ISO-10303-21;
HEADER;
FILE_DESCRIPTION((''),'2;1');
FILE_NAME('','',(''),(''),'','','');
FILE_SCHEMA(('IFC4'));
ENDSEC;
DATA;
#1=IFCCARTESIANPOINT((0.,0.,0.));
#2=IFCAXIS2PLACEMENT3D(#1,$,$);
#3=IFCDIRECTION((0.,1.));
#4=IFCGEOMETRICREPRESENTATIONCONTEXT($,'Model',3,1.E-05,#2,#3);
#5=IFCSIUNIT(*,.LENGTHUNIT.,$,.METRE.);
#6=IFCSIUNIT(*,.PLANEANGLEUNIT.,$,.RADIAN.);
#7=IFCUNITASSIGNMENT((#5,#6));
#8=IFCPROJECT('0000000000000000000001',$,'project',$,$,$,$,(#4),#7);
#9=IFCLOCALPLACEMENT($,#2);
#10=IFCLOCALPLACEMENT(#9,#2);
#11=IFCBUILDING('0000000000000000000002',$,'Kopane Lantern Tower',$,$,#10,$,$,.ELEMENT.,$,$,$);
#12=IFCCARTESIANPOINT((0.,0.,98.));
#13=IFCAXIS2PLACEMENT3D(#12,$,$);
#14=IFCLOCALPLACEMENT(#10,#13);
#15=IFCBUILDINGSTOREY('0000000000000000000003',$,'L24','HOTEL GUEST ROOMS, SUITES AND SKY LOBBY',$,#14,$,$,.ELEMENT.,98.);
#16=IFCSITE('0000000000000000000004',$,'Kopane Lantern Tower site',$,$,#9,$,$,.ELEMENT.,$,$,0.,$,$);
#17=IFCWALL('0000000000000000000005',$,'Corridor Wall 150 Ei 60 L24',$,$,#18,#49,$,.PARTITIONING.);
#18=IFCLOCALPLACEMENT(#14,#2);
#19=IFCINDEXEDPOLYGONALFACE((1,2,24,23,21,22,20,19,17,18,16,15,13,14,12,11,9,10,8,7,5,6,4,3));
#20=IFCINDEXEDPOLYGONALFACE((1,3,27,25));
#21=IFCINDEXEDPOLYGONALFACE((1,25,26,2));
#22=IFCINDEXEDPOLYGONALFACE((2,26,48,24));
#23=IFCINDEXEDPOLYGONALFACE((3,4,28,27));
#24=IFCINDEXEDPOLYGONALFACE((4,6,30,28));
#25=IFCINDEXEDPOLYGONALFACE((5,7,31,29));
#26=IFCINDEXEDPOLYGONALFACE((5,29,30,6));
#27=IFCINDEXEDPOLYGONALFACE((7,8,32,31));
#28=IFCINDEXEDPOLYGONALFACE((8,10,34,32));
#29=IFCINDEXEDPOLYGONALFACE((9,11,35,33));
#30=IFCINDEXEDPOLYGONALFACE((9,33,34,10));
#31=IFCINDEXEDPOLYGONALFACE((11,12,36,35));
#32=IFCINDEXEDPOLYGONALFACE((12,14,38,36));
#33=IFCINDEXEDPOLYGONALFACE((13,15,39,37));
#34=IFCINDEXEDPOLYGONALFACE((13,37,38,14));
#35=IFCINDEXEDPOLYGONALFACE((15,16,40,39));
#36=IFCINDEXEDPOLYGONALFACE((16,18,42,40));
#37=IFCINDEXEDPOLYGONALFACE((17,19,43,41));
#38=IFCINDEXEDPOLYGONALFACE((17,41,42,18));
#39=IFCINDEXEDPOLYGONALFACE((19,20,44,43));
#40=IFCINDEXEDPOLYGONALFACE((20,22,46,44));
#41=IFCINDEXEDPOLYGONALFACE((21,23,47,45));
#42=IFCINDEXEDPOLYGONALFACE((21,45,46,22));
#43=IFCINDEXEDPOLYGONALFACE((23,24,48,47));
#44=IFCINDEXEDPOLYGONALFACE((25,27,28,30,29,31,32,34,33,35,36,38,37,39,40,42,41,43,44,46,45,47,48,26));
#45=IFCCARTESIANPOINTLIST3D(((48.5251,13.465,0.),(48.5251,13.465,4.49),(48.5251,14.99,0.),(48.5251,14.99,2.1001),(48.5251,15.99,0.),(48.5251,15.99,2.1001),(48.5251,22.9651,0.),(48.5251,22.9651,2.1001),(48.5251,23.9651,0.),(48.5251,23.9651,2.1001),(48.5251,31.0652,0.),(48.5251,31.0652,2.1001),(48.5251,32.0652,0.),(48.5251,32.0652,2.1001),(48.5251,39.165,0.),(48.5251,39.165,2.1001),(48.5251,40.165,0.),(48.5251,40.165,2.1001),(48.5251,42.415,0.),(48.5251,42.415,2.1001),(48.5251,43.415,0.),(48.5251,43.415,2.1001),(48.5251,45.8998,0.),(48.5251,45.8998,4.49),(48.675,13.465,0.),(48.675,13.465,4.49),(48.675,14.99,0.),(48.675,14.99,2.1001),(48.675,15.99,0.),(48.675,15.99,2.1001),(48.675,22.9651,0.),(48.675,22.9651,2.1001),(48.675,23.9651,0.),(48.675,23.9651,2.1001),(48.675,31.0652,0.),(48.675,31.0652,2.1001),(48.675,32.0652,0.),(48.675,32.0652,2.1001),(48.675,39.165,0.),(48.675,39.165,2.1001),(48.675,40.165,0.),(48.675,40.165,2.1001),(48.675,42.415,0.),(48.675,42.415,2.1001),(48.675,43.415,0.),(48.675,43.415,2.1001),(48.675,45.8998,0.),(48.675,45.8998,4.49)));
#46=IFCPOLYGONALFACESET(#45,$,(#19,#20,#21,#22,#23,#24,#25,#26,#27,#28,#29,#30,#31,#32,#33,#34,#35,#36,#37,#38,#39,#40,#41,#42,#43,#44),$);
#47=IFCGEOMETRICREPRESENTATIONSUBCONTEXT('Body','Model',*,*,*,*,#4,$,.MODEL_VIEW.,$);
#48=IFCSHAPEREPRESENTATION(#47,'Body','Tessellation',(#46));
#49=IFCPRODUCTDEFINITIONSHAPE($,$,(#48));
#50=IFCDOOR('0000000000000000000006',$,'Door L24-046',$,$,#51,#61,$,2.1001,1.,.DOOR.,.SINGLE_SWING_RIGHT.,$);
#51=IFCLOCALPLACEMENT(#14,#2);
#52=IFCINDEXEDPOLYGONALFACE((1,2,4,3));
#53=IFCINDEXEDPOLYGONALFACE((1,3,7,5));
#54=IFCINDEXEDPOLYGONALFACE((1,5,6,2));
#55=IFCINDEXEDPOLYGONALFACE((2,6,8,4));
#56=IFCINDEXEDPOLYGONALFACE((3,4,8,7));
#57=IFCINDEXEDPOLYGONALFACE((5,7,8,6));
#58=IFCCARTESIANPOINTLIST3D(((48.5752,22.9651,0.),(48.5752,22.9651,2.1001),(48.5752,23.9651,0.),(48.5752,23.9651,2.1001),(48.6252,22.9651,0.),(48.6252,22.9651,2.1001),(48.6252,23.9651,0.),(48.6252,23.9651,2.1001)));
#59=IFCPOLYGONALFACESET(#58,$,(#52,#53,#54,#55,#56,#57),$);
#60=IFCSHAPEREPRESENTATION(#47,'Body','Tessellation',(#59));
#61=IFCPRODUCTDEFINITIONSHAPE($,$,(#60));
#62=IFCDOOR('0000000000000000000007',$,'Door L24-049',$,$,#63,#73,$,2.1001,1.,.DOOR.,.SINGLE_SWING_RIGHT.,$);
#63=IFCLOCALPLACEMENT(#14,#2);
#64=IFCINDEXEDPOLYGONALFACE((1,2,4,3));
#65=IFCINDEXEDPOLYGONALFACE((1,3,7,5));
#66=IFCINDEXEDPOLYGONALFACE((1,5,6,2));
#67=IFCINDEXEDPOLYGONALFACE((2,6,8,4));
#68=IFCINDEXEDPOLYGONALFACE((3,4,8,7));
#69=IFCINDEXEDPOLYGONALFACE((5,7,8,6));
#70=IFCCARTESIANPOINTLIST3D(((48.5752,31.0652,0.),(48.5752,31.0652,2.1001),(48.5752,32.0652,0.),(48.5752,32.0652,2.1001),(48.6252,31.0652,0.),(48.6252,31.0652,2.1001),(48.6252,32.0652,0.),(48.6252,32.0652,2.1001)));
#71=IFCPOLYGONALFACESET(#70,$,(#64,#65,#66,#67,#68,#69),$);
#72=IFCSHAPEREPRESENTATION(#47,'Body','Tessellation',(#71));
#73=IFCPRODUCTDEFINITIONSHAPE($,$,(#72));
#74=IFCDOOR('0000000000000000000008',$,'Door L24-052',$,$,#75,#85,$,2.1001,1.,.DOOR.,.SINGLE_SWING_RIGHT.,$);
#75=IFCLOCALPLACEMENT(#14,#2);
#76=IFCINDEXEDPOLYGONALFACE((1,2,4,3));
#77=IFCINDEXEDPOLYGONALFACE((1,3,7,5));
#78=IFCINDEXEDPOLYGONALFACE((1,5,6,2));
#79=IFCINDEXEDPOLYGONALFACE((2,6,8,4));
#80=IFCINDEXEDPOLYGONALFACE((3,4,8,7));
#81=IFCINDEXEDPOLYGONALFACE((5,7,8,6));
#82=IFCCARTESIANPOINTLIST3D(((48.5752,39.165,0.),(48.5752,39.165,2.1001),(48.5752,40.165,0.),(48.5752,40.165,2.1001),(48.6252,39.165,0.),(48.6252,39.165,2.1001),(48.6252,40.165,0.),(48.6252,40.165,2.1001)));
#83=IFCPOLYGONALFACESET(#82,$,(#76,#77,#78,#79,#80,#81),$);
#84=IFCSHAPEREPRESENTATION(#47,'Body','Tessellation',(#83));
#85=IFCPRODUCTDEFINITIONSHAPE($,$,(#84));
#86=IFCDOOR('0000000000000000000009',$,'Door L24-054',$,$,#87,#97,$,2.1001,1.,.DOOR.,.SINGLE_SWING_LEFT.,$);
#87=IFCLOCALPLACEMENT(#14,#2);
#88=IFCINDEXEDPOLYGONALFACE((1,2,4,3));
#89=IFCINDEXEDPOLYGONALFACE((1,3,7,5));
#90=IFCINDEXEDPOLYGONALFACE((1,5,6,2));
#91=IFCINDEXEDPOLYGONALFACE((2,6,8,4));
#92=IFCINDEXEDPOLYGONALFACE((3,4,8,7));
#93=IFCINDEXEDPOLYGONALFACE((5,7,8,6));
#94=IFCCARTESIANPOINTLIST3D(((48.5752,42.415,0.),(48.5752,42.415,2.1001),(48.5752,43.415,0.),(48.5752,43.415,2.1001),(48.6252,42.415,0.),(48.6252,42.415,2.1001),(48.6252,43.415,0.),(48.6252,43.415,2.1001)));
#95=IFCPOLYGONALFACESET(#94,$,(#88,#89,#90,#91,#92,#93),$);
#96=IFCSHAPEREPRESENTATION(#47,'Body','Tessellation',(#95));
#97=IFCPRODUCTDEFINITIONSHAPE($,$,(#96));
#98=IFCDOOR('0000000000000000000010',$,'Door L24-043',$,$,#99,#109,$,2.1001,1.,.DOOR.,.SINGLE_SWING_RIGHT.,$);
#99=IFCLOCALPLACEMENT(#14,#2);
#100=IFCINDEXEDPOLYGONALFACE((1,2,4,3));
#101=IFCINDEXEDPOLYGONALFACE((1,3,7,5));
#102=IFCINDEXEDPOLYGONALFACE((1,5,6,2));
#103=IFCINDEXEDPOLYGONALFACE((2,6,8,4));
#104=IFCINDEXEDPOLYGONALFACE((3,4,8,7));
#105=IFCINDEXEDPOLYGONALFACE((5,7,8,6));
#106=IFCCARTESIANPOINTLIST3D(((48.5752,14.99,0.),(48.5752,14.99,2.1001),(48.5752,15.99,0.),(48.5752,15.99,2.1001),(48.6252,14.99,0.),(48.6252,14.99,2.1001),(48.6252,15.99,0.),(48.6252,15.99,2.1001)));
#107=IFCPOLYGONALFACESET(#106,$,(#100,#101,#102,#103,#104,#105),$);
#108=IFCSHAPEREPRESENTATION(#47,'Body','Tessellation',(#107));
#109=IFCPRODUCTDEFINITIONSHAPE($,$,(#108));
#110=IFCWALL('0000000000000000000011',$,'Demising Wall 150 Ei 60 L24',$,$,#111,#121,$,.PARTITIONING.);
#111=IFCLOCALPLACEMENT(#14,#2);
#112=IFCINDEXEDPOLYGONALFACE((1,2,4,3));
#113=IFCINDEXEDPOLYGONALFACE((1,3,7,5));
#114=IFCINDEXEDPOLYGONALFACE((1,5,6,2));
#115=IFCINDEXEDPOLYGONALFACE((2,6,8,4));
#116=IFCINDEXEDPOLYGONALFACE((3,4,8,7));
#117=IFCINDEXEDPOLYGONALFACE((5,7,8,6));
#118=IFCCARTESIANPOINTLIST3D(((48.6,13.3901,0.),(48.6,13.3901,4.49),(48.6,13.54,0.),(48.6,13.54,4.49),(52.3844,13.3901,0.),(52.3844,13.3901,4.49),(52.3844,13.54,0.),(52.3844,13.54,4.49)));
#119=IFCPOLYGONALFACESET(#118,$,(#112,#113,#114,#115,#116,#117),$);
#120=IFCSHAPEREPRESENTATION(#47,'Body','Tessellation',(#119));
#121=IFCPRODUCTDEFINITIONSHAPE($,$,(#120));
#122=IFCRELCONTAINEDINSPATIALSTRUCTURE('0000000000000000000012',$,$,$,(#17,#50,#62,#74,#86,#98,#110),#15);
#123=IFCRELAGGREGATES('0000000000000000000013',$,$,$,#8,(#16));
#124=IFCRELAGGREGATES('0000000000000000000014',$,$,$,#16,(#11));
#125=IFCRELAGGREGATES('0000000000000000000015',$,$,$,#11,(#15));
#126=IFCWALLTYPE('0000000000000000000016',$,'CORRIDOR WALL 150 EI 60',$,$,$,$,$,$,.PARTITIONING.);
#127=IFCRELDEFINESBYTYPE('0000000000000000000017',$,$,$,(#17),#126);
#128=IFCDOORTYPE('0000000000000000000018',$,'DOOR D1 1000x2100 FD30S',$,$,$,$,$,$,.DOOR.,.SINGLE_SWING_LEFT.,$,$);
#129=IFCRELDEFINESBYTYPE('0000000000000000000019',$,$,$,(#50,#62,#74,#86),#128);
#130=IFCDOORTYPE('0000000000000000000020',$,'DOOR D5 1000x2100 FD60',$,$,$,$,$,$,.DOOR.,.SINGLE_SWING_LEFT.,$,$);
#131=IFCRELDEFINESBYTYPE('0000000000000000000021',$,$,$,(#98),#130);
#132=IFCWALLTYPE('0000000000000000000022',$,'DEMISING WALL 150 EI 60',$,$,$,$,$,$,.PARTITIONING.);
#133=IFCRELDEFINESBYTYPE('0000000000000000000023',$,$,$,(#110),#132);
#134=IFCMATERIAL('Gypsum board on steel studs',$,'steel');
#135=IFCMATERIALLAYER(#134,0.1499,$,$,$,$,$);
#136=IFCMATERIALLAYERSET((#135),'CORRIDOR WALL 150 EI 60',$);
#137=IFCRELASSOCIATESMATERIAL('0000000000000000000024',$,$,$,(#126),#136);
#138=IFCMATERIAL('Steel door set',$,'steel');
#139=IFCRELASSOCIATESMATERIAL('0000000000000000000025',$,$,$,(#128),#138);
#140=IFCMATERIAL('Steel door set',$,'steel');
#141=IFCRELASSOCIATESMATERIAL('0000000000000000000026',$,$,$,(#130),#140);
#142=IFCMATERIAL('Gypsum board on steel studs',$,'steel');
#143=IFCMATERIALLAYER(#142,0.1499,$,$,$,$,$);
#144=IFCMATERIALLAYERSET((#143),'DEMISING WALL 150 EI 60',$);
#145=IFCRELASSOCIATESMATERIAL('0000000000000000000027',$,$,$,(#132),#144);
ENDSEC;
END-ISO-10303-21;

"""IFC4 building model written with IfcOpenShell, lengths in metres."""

from ifc_helpers import new_model, si_unit, direction, frame, frame_2d, origin, place, context, subcontext, project, spatial, rectangle, extrude, material, layer, layer_set, type_object, element, fill, save


model = new_model("IFC4")

# Units and contexts
model_context = context("Model", 3, precision=1e-05, world=origin(), true_north=direction((0.0, 1.0)))
body_context = subcontext(model_context, "Body", "Model", "MODEL_VIEW")
ifc_project = project(units=[si_unit("LENGTHUNIT", "METRE"), si_unit("PLANEANGLEUNIT", "RADIAN")], contexts=[model_context])

# Site, building, storey
site_placement = place(None, origin())
site = spatial("IfcSite", under=ifc_project, at=site_placement, Name="Kopane Lantern Tower site", CompositionType="ELEMENT", RefElevation=0.0)
building_placement = place(site_placement, origin())
building = spatial("IfcBuilding", under=site, at=building_placement, Name="Kopane Lantern Tower", CompositionType="ELEMENT")
storey_placement = place(building_placement, frame((0.0, 0.0, 98.0)))
storey = spatial("IfcBuildingStorey", under=building, at=storey_placement, Name="L24", Description="HOTEL GUEST ROOMS, SUITES AND SKY LOBBY", CompositionType="ELEMENT", Elevation=98.0)

# Wall, openings, doors
ifc_material_1 = material(Name="Gypsum board on steel studs", Category="steel")
ifc_layer_1 = layer(ifc_material_1, 0.1499)
ifc_layer_set_1 = layer_set([ifc_layer_1], Name="CORRIDOR WALL 150 EI 60")
wall_type_1 = type_object("IfcWallType", Name="CORRIDOR WALL 150 EI 60", PredefinedType="PARTITIONING", material=ifc_layer_set_1)
wall_1_placement = place(storey_placement, frame((48.6001, 13.4651, 0.0), z_axis=(0.0, 0.0, 1.0), x_axis=(0.0, 1.0, 0.0)))
wall_1 = element("IfcWall", 1, at=wall_1_placement, inside=storey, type_object=wall_type_1, Name="Corridor Wall 150 Ei 60 L24", PredefinedType="PARTITIONING", context=body_context, shape_type="SweptSolid", body=[
    extrude(rectangle(XDim=32.4348, YDim=0.1499, at=frame_2d((16.2173, 0.0))), origin(), (0.0, 0.0, 1.0), 4.49),
])
opening_1_placement = place(wall_1_placement, frame((1.5249, 0.0, 0.0)))
opening_1 = element("IfcOpeningElement", 2, at=opening_1_placement, cuts=wall_1, PredefinedType="OPENING", context=body_context, shape_type="SweptSolid", body=[
    extrude(rectangle(XDim=1.0, YDim=2.1001, at=frame_2d((0.5, 1.05))), frame((0.0, 0.085, 0.0), z_axis=(0.0, -1.0, 0.0), x_axis=(1.0, 0.0, 0.0)), (0.0, 0.0, 1.0), 0.1699),
])
opening_2_placement = place(wall_1_placement, frame((9.5, 0.0, 0.0)))
opening_2 = element("IfcOpeningElement", 3, at=opening_2_placement, cuts=wall_1, PredefinedType="OPENING", context=body_context, shape_type="SweptSolid", body=[
    extrude(rectangle(XDim=1.0, YDim=2.1001, at=frame_2d((0.5, 1.05))), frame((0.0, 0.085, 0.0), z_axis=(0.0, -1.0, 0.0), x_axis=(1.0, 0.0, 0.0)), (0.0, 0.0, 1.0), 0.1699),
])
opening_3_placement = place(wall_1_placement, frame((17.6001, 0.0, 0.0)))
opening_3 = element("IfcOpeningElement", 4, at=opening_3_placement, cuts=wall_1, PredefinedType="OPENING", context=body_context, shape_type="SweptSolid", body=[
    extrude(rectangle(XDim=1.0, YDim=2.1001, at=frame_2d((0.5, 1.05))), frame((0.0, 0.085, 0.0), z_axis=(0.0, -1.0, 0.0), x_axis=(1.0, 0.0, 0.0)), (0.0, 0.0, 1.0), 0.1699),
])
opening_4_placement = place(wall_1_placement, frame((25.7, 0.0, 0.0)))
opening_4 = element("IfcOpeningElement", 5, at=opening_4_placement, cuts=wall_1, PredefinedType="OPENING", context=body_context, shape_type="SweptSolid", body=[
    extrude(rectangle(XDim=1.0, YDim=2.1001, at=frame_2d((0.5, 1.05))), frame((0.0, 0.085, 0.0), z_axis=(0.0, -1.0, 0.0), x_axis=(1.0, 0.0, 0.0)), (0.0, 0.0, 1.0), 0.1699),
])
opening_5_placement = place(wall_1_placement, frame((28.95, 0.0, 0.0)))
opening_5 = element("IfcOpeningElement", 6, at=opening_5_placement, cuts=wall_1, PredefinedType="OPENING", context=body_context, shape_type="SweptSolid", body=[
    extrude(rectangle(XDim=1.0, YDim=2.1001, at=frame_2d((0.5, 1.05))), frame((0.0, 0.085, 0.0), z_axis=(0.0, -1.0, 0.0), x_axis=(1.0, 0.0, 0.0)), (0.0, 0.0, 1.0), 0.1699),
])
ifc_material_2 = material(Name="Steel door set", Category="steel")
door_type_1 = type_object("IfcDoorType", Name="DOOR D1 1000x2100 FD30S", OperationType="SINGLE_SWING_LEFT", PredefinedType="DOOR", material=ifc_material_2)
door_1_placement = place(opening_2_placement, origin())
door_1 = element("IfcDoor", 7, at=door_1_placement, inside=storey, type_object=door_type_1, Name="Door L24-046", OperationType="SINGLE_SWING_RIGHT", OverallHeight=2.1001, OverallWidth=1.0, PredefinedType="DOOR", context=body_context, shape_type="SweptSolid", body=[
    extrude(rectangle(XDim=1.0, YDim=2.1001, at=frame_2d((0.5, 1.05))), frame((0.0, 0.0249, 0.0), z_axis=(0.0, -1.0, 0.0), x_axis=(1.0, 0.0, 0.0)), (0.0, 0.0, 1.0), 0.05),
])
fill(opening_2, door_1)
door_2_placement = place(opening_3_placement, origin())
door_2 = element("IfcDoor", 8, at=door_2_placement, inside=storey, type_object=door_type_1, Name="Door L24-049", OperationType="SINGLE_SWING_RIGHT", OverallHeight=2.1001, OverallWidth=1.0, PredefinedType="DOOR", context=body_context, shape_type="SweptSolid", body=[
    extrude(rectangle(XDim=1.0, YDim=2.1001, at=frame_2d((0.5, 1.05))), frame((0.0, 0.0249, 0.0), z_axis=(0.0, -1.0, 0.0), x_axis=(1.0, 0.0, 0.0)), (0.0, 0.0, 1.0), 0.05),
])
fill(opening_3, door_2)
door_3_placement = place(opening_4_placement, origin())
door_3 = element("IfcDoor", 9, at=door_3_placement, inside=storey, type_object=door_type_1, Name="Door L24-052", OperationType="SINGLE_SWING_RIGHT", OverallHeight=2.1001, OverallWidth=1.0, PredefinedType="DOOR", context=body_context, shape_type="SweptSolid", body=[
    extrude(rectangle(XDim=1.0, YDim=2.1001, at=frame_2d((0.5, 1.05))), frame((0.0, 0.0249, 0.0), z_axis=(0.0, -1.0, 0.0), x_axis=(1.0, 0.0, 0.0)), (0.0, 0.0, 1.0), 0.05),
])
fill(opening_4, door_3)
door_4_placement = place(opening_5_placement, origin())
door_4 = element("IfcDoor", 10, at=door_4_placement, inside=storey, type_object=door_type_1, Name="Door L24-054", OperationType="SINGLE_SWING_LEFT", OverallHeight=2.1001, OverallWidth=1.0, PredefinedType="DOOR", context=body_context, shape_type="SweptSolid", body=[
    extrude(rectangle(XDim=1.0, YDim=2.1001, at=frame_2d((0.5, 1.05))), frame((0.0, 0.0249, 0.0), z_axis=(0.0, -1.0, 0.0), x_axis=(1.0, 0.0, 0.0)), (0.0, 0.0, 1.0), 0.05),
])
fill(opening_5, door_4)
ifc_material_3 = material(Name="Steel door set", Category="steel")
door_type_2 = type_object("IfcDoorType", Name="DOOR D5 1000x2100 FD60", OperationType="SINGLE_SWING_LEFT", PredefinedType="DOOR", material=ifc_material_3)
door_5_placement = place(opening_1_placement, origin())
door_5 = element("IfcDoor", 11, at=door_5_placement, inside=storey, type_object=door_type_2, Name="Door L24-043", OperationType="SINGLE_SWING_RIGHT", OverallHeight=2.1001, OverallWidth=1.0, PredefinedType="DOOR", context=body_context, shape_type="SweptSolid", body=[
    extrude(rectangle(XDim=1.0, YDim=2.1001, at=frame_2d((0.5, 1.05))), frame((0.0, 0.0249, 0.0), z_axis=(0.0, -1.0, 0.0), x_axis=(1.0, 0.0, 0.0)), (0.0, 0.0, 1.0), 0.05),
])
fill(opening_1, door_5)

# Wall
ifc_material_4 = material(Name="Gypsum board on steel studs", Category="steel")
ifc_layer_2 = layer(ifc_material_4, 0.1499)
ifc_layer_set_2 = layer_set([ifc_layer_2], Name="DEMISING WALL 150 EI 60")
wall_type_2 = type_object("IfcWallType", Name="DEMISING WALL 150 EI 60", PredefinedType="PARTITIONING", material=ifc_layer_set_2)
wall_2_placement = place(storey_placement, frame((48.6001, 13.4651, 0.0), z_axis=(0.0, 0.0, 1.0), x_axis=(1.0, 0.0, 0.0)))
element("IfcWall", 12, at=wall_2_placement, inside=storey, type_object=wall_type_2, Name="Demising Wall 150 Ei 60 L24", PredefinedType="PARTITIONING", context=body_context, shape_type="SweptSolid", body=[
    extrude(rectangle(XDim=3.7844, YDim=0.1499, at=frame_2d((1.8921, 0.0))), origin(), (0.0, 0.0, 1.0), 4.49),
])

save(model, "model.ifc")
